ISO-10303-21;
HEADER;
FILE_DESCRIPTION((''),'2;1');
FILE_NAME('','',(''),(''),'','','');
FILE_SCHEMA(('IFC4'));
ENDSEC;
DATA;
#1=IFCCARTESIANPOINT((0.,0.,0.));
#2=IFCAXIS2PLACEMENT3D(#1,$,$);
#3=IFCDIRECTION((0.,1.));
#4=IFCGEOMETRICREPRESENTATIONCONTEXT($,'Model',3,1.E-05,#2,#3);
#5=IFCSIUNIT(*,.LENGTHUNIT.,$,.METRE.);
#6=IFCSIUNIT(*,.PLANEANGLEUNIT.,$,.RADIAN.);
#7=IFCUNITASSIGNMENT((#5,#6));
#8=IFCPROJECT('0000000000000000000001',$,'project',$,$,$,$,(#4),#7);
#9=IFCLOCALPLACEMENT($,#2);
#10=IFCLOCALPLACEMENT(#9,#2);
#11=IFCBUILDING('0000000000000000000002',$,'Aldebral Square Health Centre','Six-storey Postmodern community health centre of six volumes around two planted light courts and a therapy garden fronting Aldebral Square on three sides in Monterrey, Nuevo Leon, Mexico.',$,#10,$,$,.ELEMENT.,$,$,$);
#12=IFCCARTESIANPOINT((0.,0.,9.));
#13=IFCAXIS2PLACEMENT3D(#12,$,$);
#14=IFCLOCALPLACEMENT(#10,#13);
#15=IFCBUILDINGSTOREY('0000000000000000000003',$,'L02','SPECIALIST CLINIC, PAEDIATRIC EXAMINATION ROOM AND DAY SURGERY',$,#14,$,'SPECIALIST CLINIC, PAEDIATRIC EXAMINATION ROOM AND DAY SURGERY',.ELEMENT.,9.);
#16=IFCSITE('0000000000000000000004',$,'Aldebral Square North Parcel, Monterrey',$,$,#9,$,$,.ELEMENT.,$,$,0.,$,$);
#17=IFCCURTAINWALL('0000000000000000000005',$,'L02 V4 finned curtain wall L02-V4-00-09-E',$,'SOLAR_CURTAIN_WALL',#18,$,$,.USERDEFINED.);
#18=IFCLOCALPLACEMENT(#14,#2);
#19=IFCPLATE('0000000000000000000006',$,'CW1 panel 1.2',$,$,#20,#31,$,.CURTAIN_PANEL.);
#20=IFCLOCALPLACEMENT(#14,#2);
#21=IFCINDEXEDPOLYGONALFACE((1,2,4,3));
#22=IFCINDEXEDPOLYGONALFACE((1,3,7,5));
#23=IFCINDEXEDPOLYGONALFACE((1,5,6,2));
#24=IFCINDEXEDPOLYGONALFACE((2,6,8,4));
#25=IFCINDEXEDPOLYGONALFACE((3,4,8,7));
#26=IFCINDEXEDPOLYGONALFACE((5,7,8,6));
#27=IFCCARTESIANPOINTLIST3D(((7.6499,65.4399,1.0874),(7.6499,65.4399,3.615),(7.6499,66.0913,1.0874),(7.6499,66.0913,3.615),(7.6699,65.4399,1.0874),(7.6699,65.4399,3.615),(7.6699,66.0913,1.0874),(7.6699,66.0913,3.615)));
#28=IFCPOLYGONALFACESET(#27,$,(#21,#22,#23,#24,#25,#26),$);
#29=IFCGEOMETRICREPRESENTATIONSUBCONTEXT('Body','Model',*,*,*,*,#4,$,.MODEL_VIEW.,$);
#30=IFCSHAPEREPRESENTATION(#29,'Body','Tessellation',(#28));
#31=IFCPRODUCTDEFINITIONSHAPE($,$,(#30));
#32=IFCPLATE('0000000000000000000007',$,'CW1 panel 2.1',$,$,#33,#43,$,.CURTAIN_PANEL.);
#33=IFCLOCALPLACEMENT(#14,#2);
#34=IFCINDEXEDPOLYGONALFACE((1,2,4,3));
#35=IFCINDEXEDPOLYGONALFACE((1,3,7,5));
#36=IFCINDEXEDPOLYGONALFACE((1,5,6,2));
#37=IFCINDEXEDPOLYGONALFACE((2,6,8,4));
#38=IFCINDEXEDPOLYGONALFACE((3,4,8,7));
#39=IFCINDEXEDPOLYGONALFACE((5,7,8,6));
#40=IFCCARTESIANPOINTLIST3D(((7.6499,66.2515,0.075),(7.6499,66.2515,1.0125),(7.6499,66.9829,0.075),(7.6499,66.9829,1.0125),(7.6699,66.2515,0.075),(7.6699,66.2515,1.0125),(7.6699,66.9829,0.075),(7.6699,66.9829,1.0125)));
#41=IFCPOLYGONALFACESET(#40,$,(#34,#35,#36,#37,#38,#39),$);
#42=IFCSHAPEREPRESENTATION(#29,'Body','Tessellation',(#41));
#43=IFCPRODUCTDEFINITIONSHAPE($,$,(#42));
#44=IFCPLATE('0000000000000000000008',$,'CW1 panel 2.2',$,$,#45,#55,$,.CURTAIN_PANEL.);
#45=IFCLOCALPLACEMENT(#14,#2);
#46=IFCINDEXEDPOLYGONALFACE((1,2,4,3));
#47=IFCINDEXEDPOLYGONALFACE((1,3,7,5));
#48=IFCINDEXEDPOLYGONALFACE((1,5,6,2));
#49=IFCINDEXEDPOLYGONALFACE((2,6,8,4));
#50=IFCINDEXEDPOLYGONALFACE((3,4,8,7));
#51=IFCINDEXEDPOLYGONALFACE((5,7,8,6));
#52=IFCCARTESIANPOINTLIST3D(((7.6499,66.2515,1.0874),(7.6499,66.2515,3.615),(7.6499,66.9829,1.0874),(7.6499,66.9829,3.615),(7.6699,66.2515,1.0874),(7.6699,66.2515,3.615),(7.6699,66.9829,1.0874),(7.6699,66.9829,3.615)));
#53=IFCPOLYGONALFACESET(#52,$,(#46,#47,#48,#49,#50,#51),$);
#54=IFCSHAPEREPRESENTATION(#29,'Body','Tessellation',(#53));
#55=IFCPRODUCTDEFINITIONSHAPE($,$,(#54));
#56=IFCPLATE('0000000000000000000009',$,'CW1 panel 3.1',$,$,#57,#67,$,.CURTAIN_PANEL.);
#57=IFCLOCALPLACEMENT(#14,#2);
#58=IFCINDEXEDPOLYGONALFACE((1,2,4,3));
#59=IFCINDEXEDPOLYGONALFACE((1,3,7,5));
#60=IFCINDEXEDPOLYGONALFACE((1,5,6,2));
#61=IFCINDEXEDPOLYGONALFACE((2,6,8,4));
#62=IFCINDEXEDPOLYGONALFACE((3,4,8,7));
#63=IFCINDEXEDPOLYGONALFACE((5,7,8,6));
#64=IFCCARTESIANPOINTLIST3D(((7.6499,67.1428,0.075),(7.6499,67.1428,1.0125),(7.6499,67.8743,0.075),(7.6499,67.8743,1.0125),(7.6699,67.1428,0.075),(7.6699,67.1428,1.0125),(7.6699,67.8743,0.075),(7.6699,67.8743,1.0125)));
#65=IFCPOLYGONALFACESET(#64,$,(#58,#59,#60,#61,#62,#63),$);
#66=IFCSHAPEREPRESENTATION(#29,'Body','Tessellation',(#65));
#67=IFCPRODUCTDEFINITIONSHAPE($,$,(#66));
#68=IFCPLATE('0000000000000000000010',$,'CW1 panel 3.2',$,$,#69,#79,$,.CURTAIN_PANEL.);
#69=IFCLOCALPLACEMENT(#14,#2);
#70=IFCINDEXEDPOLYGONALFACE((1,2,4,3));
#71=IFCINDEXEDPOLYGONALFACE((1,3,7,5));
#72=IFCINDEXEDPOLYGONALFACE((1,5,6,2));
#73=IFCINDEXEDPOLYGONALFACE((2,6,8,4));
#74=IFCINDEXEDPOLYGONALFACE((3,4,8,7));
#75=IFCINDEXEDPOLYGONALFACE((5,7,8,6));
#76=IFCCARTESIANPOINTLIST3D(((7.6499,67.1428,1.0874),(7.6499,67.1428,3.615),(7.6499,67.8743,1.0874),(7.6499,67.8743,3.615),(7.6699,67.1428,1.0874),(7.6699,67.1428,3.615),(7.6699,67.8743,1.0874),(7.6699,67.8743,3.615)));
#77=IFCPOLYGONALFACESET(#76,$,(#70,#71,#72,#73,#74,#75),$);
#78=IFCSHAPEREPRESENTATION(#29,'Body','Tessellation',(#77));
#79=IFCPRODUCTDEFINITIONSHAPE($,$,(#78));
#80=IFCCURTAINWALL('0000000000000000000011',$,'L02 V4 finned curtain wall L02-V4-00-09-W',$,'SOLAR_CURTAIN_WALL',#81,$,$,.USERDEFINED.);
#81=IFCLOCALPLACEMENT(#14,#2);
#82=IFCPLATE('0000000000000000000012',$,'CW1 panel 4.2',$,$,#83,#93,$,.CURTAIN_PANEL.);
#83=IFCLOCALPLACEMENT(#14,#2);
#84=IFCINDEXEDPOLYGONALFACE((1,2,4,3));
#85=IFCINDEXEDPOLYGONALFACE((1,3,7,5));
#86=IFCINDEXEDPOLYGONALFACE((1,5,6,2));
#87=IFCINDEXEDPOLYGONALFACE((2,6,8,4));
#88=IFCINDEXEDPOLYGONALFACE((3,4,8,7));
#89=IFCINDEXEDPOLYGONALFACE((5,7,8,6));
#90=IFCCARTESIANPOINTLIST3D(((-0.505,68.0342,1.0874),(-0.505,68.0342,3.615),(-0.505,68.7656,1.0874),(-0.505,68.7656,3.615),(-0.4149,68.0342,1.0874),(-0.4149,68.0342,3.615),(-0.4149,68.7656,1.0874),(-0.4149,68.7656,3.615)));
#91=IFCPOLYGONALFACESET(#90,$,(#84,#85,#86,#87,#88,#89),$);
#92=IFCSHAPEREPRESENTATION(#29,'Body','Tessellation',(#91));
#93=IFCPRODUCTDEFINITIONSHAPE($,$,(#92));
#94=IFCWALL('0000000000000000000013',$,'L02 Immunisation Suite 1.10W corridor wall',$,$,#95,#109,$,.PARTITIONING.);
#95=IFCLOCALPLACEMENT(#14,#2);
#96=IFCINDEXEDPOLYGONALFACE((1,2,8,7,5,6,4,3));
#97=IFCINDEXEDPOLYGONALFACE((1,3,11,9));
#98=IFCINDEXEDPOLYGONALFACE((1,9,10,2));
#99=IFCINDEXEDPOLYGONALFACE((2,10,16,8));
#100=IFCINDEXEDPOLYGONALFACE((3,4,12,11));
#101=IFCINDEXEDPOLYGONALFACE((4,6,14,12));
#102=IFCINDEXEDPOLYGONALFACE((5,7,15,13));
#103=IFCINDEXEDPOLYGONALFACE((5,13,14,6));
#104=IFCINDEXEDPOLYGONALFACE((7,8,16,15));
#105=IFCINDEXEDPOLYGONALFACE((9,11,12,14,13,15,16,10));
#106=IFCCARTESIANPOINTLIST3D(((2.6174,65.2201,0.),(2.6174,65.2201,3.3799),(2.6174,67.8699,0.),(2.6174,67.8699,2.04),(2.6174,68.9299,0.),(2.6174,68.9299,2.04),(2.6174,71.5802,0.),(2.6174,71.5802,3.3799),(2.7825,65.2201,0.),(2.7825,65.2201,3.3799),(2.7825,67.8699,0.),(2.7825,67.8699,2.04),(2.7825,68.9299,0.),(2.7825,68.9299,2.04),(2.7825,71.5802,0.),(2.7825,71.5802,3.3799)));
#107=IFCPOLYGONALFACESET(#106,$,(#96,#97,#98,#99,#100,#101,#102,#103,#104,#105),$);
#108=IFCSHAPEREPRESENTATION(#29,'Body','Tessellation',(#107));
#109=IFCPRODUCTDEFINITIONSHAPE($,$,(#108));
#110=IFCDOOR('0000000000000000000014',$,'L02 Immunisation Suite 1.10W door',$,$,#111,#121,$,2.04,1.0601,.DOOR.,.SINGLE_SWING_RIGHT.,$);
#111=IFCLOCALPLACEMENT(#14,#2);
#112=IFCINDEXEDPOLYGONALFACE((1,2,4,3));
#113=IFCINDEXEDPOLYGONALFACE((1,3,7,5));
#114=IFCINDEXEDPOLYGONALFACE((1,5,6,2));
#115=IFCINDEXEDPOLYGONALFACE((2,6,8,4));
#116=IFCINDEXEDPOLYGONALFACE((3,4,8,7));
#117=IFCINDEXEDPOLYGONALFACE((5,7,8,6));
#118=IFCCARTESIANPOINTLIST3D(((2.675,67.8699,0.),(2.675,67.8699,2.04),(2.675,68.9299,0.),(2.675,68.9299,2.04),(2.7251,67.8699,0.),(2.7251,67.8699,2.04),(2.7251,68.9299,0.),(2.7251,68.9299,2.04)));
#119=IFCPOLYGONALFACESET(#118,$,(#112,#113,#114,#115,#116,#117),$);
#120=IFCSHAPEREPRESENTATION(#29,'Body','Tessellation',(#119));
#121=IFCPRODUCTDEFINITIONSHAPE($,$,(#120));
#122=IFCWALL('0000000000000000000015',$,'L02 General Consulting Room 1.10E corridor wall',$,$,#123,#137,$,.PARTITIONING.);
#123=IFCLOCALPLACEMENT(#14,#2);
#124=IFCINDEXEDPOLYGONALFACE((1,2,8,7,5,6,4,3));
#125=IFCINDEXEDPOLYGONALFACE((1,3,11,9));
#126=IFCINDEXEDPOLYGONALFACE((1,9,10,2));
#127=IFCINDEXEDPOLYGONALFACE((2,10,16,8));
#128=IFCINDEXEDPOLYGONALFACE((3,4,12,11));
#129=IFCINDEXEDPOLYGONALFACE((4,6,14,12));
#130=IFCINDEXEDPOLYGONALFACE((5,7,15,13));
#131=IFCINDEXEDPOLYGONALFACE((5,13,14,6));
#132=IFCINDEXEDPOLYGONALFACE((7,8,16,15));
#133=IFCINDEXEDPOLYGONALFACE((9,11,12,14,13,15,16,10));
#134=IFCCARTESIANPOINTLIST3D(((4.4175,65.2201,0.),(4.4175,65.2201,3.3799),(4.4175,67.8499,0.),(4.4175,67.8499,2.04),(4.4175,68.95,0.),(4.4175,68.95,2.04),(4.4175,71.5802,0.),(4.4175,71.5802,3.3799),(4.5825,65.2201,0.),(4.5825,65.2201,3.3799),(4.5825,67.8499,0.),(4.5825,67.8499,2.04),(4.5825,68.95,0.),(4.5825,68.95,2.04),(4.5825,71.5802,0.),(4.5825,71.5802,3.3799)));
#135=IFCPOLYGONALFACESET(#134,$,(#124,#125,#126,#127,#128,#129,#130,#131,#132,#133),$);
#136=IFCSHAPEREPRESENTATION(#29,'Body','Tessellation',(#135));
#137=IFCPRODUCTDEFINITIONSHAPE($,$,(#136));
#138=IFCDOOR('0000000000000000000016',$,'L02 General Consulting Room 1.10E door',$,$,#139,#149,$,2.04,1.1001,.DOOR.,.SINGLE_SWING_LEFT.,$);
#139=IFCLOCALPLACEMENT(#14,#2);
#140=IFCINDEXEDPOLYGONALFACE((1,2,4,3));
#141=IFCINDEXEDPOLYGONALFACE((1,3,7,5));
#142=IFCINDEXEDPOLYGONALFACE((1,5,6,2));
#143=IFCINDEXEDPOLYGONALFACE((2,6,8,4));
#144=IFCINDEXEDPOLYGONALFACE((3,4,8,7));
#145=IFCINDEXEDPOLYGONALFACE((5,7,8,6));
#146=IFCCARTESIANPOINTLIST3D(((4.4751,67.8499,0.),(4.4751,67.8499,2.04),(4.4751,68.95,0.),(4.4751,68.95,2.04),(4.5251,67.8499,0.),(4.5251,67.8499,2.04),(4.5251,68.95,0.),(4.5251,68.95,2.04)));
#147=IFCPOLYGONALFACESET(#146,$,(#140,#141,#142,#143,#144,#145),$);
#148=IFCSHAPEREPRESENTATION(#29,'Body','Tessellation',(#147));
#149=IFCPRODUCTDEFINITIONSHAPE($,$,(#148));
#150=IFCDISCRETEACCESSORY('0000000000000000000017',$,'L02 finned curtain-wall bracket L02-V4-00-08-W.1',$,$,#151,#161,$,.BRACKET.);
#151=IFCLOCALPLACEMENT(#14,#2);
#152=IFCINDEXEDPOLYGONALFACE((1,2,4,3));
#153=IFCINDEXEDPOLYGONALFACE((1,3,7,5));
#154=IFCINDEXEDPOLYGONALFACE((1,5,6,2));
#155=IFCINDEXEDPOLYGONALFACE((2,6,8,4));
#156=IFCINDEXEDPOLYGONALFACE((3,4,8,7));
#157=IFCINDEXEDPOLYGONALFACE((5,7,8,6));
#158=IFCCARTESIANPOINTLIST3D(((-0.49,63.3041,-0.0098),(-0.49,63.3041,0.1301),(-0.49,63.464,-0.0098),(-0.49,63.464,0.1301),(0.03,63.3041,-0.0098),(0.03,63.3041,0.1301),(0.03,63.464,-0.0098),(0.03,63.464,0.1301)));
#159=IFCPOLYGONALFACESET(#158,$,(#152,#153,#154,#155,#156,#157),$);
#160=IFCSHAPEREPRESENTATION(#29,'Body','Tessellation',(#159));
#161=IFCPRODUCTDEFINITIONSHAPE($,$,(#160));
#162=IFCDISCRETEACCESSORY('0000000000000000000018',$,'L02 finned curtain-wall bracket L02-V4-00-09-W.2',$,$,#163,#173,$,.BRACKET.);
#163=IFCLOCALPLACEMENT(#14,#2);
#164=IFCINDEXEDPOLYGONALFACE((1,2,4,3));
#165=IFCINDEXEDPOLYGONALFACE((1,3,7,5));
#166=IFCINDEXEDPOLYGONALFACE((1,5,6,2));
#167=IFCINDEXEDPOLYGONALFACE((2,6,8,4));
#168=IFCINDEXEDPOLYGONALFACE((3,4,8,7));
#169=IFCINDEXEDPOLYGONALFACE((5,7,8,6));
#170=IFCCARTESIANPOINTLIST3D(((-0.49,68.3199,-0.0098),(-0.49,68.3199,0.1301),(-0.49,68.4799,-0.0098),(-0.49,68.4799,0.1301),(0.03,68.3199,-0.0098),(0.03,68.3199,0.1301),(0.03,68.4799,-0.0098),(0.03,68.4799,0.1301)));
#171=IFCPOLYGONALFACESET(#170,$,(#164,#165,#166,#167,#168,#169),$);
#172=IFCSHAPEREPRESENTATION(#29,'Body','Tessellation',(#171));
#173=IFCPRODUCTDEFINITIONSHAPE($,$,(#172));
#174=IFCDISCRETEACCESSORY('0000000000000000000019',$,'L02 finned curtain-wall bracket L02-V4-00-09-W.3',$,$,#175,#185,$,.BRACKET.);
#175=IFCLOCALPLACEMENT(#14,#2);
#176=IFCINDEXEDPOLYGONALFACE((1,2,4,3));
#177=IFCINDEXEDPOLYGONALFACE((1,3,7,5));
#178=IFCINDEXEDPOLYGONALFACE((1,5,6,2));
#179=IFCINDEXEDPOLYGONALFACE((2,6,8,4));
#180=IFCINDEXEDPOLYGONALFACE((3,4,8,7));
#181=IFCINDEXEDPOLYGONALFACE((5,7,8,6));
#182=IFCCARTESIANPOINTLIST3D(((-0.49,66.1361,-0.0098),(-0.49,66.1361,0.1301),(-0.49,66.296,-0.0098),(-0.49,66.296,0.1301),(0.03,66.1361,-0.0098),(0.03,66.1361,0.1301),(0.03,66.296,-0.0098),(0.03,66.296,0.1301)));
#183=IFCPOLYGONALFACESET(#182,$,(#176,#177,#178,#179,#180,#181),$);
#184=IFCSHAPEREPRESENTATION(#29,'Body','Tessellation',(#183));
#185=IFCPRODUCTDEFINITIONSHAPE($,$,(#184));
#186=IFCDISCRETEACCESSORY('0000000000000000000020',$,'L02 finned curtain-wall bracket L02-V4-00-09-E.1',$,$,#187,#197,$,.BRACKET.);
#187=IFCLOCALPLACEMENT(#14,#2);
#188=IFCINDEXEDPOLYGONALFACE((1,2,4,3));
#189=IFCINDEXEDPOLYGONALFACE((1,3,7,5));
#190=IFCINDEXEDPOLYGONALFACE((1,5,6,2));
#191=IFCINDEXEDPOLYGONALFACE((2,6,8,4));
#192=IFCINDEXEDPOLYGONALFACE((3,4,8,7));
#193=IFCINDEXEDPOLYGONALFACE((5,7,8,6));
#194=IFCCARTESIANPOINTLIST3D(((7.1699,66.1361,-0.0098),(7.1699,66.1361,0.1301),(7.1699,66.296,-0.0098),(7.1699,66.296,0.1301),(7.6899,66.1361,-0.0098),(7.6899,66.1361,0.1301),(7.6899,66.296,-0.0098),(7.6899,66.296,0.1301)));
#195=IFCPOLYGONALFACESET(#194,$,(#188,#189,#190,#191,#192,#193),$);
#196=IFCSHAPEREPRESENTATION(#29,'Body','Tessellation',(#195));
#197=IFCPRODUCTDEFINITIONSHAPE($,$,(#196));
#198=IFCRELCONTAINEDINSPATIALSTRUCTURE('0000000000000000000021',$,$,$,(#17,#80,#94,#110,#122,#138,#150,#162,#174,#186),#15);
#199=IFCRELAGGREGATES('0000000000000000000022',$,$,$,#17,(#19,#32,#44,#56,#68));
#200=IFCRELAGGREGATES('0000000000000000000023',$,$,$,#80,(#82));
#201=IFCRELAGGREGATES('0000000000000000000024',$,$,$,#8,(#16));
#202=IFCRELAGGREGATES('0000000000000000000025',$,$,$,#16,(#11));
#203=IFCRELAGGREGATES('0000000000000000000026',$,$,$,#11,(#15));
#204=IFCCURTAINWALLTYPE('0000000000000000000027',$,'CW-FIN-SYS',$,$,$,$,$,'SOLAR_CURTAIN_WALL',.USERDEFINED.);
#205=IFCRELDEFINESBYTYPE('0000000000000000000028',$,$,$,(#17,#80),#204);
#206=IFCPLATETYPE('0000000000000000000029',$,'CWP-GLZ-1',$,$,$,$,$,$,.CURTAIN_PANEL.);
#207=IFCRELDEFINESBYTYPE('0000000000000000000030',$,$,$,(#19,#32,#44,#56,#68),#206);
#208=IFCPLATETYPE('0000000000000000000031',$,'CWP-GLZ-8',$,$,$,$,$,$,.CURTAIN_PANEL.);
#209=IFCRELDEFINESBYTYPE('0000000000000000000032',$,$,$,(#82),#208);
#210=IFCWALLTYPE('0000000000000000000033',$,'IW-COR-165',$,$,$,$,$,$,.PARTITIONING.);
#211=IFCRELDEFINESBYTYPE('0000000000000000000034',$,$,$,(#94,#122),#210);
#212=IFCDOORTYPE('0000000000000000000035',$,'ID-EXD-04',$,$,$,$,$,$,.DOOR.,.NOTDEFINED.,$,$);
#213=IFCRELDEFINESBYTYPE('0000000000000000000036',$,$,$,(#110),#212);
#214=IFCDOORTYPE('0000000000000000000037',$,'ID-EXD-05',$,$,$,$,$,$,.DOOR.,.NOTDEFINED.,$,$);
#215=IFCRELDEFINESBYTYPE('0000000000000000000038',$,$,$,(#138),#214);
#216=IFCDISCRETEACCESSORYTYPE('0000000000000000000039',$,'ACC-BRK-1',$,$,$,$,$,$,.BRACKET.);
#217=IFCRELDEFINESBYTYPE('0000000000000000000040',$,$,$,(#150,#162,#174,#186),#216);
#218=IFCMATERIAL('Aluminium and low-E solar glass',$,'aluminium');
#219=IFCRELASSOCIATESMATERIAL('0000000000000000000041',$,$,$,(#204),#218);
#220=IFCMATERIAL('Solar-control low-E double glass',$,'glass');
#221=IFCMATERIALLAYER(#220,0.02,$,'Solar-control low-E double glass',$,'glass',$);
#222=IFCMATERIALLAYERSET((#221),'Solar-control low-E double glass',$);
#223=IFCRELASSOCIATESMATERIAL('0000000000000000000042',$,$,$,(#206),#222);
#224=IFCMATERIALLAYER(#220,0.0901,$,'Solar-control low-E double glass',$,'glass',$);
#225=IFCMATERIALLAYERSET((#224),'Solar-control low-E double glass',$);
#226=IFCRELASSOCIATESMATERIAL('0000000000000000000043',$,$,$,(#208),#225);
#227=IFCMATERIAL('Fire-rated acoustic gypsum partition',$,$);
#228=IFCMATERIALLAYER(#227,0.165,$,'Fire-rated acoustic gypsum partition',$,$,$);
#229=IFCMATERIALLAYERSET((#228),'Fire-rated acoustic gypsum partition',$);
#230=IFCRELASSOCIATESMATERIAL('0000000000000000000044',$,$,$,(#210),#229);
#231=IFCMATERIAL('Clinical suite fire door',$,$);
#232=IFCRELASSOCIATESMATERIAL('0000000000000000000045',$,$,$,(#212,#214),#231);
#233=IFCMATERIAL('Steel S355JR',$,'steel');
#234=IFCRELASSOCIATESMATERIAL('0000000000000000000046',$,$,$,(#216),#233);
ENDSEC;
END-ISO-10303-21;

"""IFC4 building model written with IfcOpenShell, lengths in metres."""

from ifc_helpers import new_model, si_unit, direction, frame, frame_2d, origin, origin_2d, place, context, subcontext, project, spatial, rectangle, extrude, material, layer, layer_set, type_object, element, fill, aggregate, save


model = new_model("IFC4")

# Units and contexts
model_context = context("Model", 3, precision=1e-05, world=origin(), true_north=direction((0.0, 1.0)))
body_context = subcontext(model_context, "Body", "Model", "MODEL_VIEW")
ifc_project = project(units=[si_unit("LENGTHUNIT", "METRE"), si_unit("PLANEANGLEUNIT", "RADIAN")], contexts=[model_context])

# Site, building, storey
site_placement = place(None, origin())
site = spatial("IfcSite", under=ifc_project, at=site_placement, Name="Aldebral Square North Parcel, Monterrey", CompositionType="ELEMENT", RefElevation=0.0)
building_placement = place(site_placement, origin())
building = spatial("IfcBuilding", under=site, at=building_placement, Name="Aldebral Square Health Centre", Description="Six-storey Postmodern community health centre of six volumes around two planted light courts and a therapy garden fronting Aldebral Square on three sides in Monterrey, Nuevo Leon, Mexico.", CompositionType="ELEMENT")
storey_placement = place(building_placement, frame((0.0, 0.0, 9.0)))
storey = spatial("IfcBuildingStorey", under=building, at=storey_placement, Name="L02", Description="SPECIALIST CLINIC, PAEDIATRIC EXAMINATION ROOM AND DAY SURGERY", LongName="SPECIALIST CLINIC, PAEDIATRIC EXAMINATION ROOM AND DAY SURGERY", CompositionType="ELEMENT", Elevation=9.0)

# Curtain wall, plates
ifc_material_1 = material(Name="Aluminium and low-E solar glass", Category="aluminium")
curtain_wall_type = type_object("IfcCurtainWallType", Name="CW-FIN-SYS", ElementType="SOLAR_CURTAIN_WALL", PredefinedType="USERDEFINED", material=ifc_material_1)
curtain_wall_1_placement = place(storey_placement, origin())
curtain_wall_1 = element("IfcCurtainWall", 1, at=curtain_wall_1_placement, inside=storey, type_object=curtain_wall_type, Name="L02 V4 finned curtain wall L02-V4-00-09-E", ObjectType="SOLAR_CURTAIN_WALL", PredefinedType="USERDEFINED")
ifc_material_2 = material(Name="Solar-control low-E double glass", Category="glass")
ifc_layer_1 = layer(ifc_material_2, 0.02, Name="Solar-control low-E double glass", Category="glass")
ifc_layer_set_1 = layer_set([ifc_layer_1], Name="Solar-control low-E double glass")
plate_type_1 = type_object("IfcPlateType", Name="CWP-GLZ-1", PredefinedType="CURTAIN_PANEL", material=ifc_layer_set_1)
plate_1_placement = place(storey_placement, frame((7.6599, 65.7656, 1.0874), z_axis=(0.0, 0.0, 1.0), x_axis=(0.0, 1.0, 0.0)))
plate_1 = element("IfcPlate", 2, at=plate_1_placement, type_object=plate_type_1, Name="CW1 panel 1.2", PredefinedType="CURTAIN_PANEL", context=body_context, shape_type="SweptSolid", body=[
    extrude(rectangle(XDim=0.6514, YDim=0.02, at=origin_2d()), origin(), (0.0, 0.0, 1.0), 2.5276),
])
plate_2_placement = place(storey_placement, frame((7.6599, 66.6172, 0.075), z_axis=(0.0, 0.0, 1.0), x_axis=(0.0, 1.0, 0.0)))
plate_2 = element("IfcPlate", 3, at=plate_2_placement, type_object=plate_type_1, Name="CW1 panel 2.1", PredefinedType="CURTAIN_PANEL", context=body_context, shape_type="SweptSolid", body=[
    extrude(rectangle(XDim=0.7314, YDim=0.02, at=origin_2d()), origin(), (0.0, 0.0, 1.0), 0.9375),
])
plate_3_placement = place(storey_placement, frame((7.6599, 66.6172, 1.0874), z_axis=(0.0, 0.0, 1.0), x_axis=(0.0, 1.0, 0.0)))
plate_3 = element("IfcPlate", 4, at=plate_3_placement, type_object=plate_type_1, Name="CW1 panel 2.2", PredefinedType="CURTAIN_PANEL", context=body_context, shape_type="SweptSolid", body=[
    extrude(rectangle(XDim=0.7314, YDim=0.02, at=origin_2d()), origin(), (0.0, 0.0, 1.0), 2.5276),
])
plate_4_placement = place(storey_placement, frame((7.6599, 67.5085, 0.075), z_axis=(0.0, 0.0, 1.0), x_axis=(0.0, 1.0, 0.0)))
plate_4 = element("IfcPlate", 5, at=plate_4_placement, type_object=plate_type_1, Name="CW1 panel 3.1", PredefinedType="CURTAIN_PANEL", context=body_context, shape_type="SweptSolid", body=[
    extrude(rectangle(XDim=0.7314, YDim=0.02, at=origin_2d()), origin(), (0.0, 0.0, 1.0), 0.9375),
])
plate_5_placement = place(storey_placement, frame((7.6599, 67.5085, 1.0874), z_axis=(0.0, 0.0, 1.0), x_axis=(0.0, 1.0, 0.0)))
plate_5 = element("IfcPlate", 6, at=plate_5_placement, type_object=plate_type_1, Name="CW1 panel 3.2", PredefinedType="CURTAIN_PANEL", context=body_context, shape_type="SweptSolid", body=[
    extrude(rectangle(XDim=0.7314, YDim=0.02, at=origin_2d()), origin(), (0.0, 0.0, 1.0), 2.5276),
])
aggregate(curtain_wall_1, [plate_1, plate_2, plate_3, plate_4, plate_5])

# Curtain wall, plate
curtain_wall_2_placement = place(storey_placement, origin())
curtain_wall_2 = element("IfcCurtainWall", 7, at=curtain_wall_2_placement, inside=storey, type_object=curtain_wall_type, Name="L02 V4 finned curtain wall L02-V4-00-09-W", ObjectType="SOLAR_CURTAIN_WALL", PredefinedType="USERDEFINED")
ifc_layer_2 = layer(ifc_material_2, 0.0901, Name="Solar-control low-E double glass", Category="glass")
ifc_layer_set_2 = layer_set([ifc_layer_2], Name="Solar-control low-E double glass")
plate_type_2 = type_object("IfcPlateType", Name="CWP-GLZ-8", PredefinedType="CURTAIN_PANEL", material=ifc_layer_set_2)
plate_6_placement = place(storey_placement, frame((-0.46, 68.3999, 1.0874), z_axis=(0.0, 0.0, 1.0), x_axis=(0.0, -1.0, 0.0)))
plate_6 = element("IfcPlate", 8, at=plate_6_placement, type_object=plate_type_2, Name="CW1 panel 4.2", PredefinedType="CURTAIN_PANEL", context=body_context, shape_type="SweptSolid", body=[
    extrude(rectangle(XDim=0.7314, YDim=0.0901, at=origin_2d()), origin(), (0.0, 0.0, 1.0), 2.5276),
])
aggregate(curtain_wall_2, [plate_6])

# Walls, openings, doors
ifc_material_3 = material(Name="Fire-rated acoustic gypsum partition")
ifc_layer_3 = layer(ifc_material_3, 0.165, Name="Fire-rated acoustic gypsum partition")
ifc_layer_set_3 = layer_set([ifc_layer_3], Name="Fire-rated acoustic gypsum partition")
wall_type = type_object("IfcWallType", Name="IW-COR-165", PredefinedType="PARTITIONING", material=ifc_layer_set_3)
wall_1_placement = place(storey_placement, frame((2.7, 65.22, 0.0), z_axis=(0.0, 0.0, 1.0), x_axis=(0.0, 1.0, 0.0)))
wall_1 = element("IfcWall", 9, at=wall_1_placement, inside=storey, type_object=wall_type, Name="L02 Immunisation Suite 1.10W corridor wall", PredefinedType="PARTITIONING", context=body_context, shape_type="SweptSolid", body=[
    extrude(rectangle(XDim=6.3601, YDim=0.165, at=frame_2d((3.1802, 0.0))), origin(), (0.0, 0.0, 1.0), 3.3799),
])
opening_1_placement = place(wall_1_placement, frame((2.6499, 0.0, 0.0)))
opening_1 = element("IfcOpeningElement", 10, at=opening_1_placement, cuts=wall_1, PredefinedType="OPENING", context=body_context, shape_type="SweptSolid", body=[
    extrude(rectangle(XDim=1.0601, YDim=2.04, at=frame_2d((0.53, 1.02))), frame((0.0, 0.0925, 0.0), z_axis=(0.0, -1.0, 0.0), x_axis=(1.0, 0.0, 0.0)), (0.0, 0.0, 1.0), 0.1851),
])
ifc_material_4 = material(Name="Clinical suite fire door")
door_type_1 = type_object("IfcDoorType", Name="ID-EXD-04", OperationType="NOTDEFINED", PredefinedType="DOOR", material=ifc_material_4)
door_1_placement = place(opening_1_placement, origin())
door_1 = element("IfcDoor", 11, at=door_1_placement, inside=storey, type_object=door_type_1, Name="L02 Immunisation Suite 1.10W door", OperationType="SINGLE_SWING_RIGHT", OverallHeight=2.04, OverallWidth=1.0601, PredefinedType="DOOR", context=body_context, shape_type="SweptSolid", body=[
    extrude(rectangle(XDim=1.0601, YDim=2.04, at=frame_2d((0.53, 1.02))), frame((0.0, 0.0249, 0.0), z_axis=(0.0, -1.0, 0.0), x_axis=(1.0, 0.0, 0.0)), (0.0, 0.0, 1.0), 0.05),
])
fill(opening_1, door_1)
wall_2_placement = place(storey_placement, frame((4.5, 65.22, 0.0), z_axis=(0.0, 0.0, 1.0), x_axis=(0.0, 1.0, 0.0)))
wall_2 = element("IfcWall", 12, at=wall_2_placement, inside=storey, type_object=wall_type, Name="L02 General Consulting Room 1.10E corridor wall", PredefinedType="PARTITIONING", context=body_context, shape_type="SweptSolid", body=[
    extrude(rectangle(XDim=6.3601, YDim=0.165, at=frame_2d((3.1802, 0.0))), origin(), (0.0, 0.0, 1.0), 3.3799),
])
opening_2_placement = place(wall_2_placement, frame((2.6299, 0.0, 0.0)))
opening_2 = element("IfcOpeningElement", 13, at=opening_2_placement, cuts=wall_2, PredefinedType="OPENING", context=body_context, shape_type="SweptSolid", body=[
    extrude(rectangle(XDim=1.1001, YDim=2.04, at=frame_2d((0.55, 1.02))), frame((0.0, 0.0925, 0.0), z_axis=(0.0, -1.0, 0.0), x_axis=(1.0, 0.0, 0.0)), (0.0, 0.0, 1.0), 0.1851),
])
door_type_2 = type_object("IfcDoorType", Name="ID-EXD-05", OperationType="NOTDEFINED", PredefinedType="DOOR", material=ifc_material_4)
door_2_placement = place(opening_2_placement, origin())
door_2 = element("IfcDoor", 14, at=door_2_placement, inside=storey, type_object=door_type_2, Name="L02 General Consulting Room 1.10E door", OperationType="SINGLE_SWING_LEFT", OverallHeight=2.04, OverallWidth=1.1001, PredefinedType="DOOR", context=body_context, shape_type="SweptSolid", body=[
    extrude(rectangle(XDim=1.1001, YDim=2.04, at=frame_2d((0.55, 1.02))), frame((0.0, 0.0249, 0.0), z_axis=(0.0, -1.0, 0.0), x_axis=(1.0, 0.0, 0.0)), (0.0, 0.0, 1.0), 0.05),
])
fill(opening_2, door_2)

# Discrete accessories
ifc_material_5 = material(Name="Steel S355JR", Category="steel")
discrete_accessory_type = type_object("IfcDiscreteAccessoryType", Name="ACC-BRK-1", PredefinedType="BRACKET", material=ifc_material_5)
for number, where, z_axis, x_axis, name in (
    (15, (-0.23, 63.384, -0.0098), (0.0, 0.0, 1.0), (0.0, 1.0, 0.0), "L02 finned curtain-wall bracket L02-V4-00-08-W.1"),
    (16, (-0.23, 68.3999, -0.0098), (0.0, 0.0, 1.0), (0.0, 1.0, 0.0), "L02 finned curtain-wall bracket L02-V4-00-09-W.2"),
    (17, (-0.23, 66.2161, -0.0098), (0.0, 0.0, 1.0), (0.0, 1.0, 0.0), "L02 finned curtain-wall bracket L02-V4-00-09-W.3"),
    (18, (7.4299, 66.2161, -0.0098), (0.0, 0.0, 1.0), (0.0, 1.0, 0.0), "L02 finned curtain-wall bracket L02-V4-00-09-E.1"),
):
    element("IfcDiscreteAccessory", number, at=place(storey_placement, frame(where, z_axis=z_axis, x_axis=x_axis)), inside=storey, type_object=discrete_accessory_type, Name=name, PredefinedType="BRACKET", context=body_context, shape_type="SweptSolid", body=[
        extrude(rectangle(XDim=0.1599, YDim=0.52, at=origin_2d()), origin(), (0.0, 0.0, 1.0), 0.1399),
    ])

save(model, "model.ifc")
